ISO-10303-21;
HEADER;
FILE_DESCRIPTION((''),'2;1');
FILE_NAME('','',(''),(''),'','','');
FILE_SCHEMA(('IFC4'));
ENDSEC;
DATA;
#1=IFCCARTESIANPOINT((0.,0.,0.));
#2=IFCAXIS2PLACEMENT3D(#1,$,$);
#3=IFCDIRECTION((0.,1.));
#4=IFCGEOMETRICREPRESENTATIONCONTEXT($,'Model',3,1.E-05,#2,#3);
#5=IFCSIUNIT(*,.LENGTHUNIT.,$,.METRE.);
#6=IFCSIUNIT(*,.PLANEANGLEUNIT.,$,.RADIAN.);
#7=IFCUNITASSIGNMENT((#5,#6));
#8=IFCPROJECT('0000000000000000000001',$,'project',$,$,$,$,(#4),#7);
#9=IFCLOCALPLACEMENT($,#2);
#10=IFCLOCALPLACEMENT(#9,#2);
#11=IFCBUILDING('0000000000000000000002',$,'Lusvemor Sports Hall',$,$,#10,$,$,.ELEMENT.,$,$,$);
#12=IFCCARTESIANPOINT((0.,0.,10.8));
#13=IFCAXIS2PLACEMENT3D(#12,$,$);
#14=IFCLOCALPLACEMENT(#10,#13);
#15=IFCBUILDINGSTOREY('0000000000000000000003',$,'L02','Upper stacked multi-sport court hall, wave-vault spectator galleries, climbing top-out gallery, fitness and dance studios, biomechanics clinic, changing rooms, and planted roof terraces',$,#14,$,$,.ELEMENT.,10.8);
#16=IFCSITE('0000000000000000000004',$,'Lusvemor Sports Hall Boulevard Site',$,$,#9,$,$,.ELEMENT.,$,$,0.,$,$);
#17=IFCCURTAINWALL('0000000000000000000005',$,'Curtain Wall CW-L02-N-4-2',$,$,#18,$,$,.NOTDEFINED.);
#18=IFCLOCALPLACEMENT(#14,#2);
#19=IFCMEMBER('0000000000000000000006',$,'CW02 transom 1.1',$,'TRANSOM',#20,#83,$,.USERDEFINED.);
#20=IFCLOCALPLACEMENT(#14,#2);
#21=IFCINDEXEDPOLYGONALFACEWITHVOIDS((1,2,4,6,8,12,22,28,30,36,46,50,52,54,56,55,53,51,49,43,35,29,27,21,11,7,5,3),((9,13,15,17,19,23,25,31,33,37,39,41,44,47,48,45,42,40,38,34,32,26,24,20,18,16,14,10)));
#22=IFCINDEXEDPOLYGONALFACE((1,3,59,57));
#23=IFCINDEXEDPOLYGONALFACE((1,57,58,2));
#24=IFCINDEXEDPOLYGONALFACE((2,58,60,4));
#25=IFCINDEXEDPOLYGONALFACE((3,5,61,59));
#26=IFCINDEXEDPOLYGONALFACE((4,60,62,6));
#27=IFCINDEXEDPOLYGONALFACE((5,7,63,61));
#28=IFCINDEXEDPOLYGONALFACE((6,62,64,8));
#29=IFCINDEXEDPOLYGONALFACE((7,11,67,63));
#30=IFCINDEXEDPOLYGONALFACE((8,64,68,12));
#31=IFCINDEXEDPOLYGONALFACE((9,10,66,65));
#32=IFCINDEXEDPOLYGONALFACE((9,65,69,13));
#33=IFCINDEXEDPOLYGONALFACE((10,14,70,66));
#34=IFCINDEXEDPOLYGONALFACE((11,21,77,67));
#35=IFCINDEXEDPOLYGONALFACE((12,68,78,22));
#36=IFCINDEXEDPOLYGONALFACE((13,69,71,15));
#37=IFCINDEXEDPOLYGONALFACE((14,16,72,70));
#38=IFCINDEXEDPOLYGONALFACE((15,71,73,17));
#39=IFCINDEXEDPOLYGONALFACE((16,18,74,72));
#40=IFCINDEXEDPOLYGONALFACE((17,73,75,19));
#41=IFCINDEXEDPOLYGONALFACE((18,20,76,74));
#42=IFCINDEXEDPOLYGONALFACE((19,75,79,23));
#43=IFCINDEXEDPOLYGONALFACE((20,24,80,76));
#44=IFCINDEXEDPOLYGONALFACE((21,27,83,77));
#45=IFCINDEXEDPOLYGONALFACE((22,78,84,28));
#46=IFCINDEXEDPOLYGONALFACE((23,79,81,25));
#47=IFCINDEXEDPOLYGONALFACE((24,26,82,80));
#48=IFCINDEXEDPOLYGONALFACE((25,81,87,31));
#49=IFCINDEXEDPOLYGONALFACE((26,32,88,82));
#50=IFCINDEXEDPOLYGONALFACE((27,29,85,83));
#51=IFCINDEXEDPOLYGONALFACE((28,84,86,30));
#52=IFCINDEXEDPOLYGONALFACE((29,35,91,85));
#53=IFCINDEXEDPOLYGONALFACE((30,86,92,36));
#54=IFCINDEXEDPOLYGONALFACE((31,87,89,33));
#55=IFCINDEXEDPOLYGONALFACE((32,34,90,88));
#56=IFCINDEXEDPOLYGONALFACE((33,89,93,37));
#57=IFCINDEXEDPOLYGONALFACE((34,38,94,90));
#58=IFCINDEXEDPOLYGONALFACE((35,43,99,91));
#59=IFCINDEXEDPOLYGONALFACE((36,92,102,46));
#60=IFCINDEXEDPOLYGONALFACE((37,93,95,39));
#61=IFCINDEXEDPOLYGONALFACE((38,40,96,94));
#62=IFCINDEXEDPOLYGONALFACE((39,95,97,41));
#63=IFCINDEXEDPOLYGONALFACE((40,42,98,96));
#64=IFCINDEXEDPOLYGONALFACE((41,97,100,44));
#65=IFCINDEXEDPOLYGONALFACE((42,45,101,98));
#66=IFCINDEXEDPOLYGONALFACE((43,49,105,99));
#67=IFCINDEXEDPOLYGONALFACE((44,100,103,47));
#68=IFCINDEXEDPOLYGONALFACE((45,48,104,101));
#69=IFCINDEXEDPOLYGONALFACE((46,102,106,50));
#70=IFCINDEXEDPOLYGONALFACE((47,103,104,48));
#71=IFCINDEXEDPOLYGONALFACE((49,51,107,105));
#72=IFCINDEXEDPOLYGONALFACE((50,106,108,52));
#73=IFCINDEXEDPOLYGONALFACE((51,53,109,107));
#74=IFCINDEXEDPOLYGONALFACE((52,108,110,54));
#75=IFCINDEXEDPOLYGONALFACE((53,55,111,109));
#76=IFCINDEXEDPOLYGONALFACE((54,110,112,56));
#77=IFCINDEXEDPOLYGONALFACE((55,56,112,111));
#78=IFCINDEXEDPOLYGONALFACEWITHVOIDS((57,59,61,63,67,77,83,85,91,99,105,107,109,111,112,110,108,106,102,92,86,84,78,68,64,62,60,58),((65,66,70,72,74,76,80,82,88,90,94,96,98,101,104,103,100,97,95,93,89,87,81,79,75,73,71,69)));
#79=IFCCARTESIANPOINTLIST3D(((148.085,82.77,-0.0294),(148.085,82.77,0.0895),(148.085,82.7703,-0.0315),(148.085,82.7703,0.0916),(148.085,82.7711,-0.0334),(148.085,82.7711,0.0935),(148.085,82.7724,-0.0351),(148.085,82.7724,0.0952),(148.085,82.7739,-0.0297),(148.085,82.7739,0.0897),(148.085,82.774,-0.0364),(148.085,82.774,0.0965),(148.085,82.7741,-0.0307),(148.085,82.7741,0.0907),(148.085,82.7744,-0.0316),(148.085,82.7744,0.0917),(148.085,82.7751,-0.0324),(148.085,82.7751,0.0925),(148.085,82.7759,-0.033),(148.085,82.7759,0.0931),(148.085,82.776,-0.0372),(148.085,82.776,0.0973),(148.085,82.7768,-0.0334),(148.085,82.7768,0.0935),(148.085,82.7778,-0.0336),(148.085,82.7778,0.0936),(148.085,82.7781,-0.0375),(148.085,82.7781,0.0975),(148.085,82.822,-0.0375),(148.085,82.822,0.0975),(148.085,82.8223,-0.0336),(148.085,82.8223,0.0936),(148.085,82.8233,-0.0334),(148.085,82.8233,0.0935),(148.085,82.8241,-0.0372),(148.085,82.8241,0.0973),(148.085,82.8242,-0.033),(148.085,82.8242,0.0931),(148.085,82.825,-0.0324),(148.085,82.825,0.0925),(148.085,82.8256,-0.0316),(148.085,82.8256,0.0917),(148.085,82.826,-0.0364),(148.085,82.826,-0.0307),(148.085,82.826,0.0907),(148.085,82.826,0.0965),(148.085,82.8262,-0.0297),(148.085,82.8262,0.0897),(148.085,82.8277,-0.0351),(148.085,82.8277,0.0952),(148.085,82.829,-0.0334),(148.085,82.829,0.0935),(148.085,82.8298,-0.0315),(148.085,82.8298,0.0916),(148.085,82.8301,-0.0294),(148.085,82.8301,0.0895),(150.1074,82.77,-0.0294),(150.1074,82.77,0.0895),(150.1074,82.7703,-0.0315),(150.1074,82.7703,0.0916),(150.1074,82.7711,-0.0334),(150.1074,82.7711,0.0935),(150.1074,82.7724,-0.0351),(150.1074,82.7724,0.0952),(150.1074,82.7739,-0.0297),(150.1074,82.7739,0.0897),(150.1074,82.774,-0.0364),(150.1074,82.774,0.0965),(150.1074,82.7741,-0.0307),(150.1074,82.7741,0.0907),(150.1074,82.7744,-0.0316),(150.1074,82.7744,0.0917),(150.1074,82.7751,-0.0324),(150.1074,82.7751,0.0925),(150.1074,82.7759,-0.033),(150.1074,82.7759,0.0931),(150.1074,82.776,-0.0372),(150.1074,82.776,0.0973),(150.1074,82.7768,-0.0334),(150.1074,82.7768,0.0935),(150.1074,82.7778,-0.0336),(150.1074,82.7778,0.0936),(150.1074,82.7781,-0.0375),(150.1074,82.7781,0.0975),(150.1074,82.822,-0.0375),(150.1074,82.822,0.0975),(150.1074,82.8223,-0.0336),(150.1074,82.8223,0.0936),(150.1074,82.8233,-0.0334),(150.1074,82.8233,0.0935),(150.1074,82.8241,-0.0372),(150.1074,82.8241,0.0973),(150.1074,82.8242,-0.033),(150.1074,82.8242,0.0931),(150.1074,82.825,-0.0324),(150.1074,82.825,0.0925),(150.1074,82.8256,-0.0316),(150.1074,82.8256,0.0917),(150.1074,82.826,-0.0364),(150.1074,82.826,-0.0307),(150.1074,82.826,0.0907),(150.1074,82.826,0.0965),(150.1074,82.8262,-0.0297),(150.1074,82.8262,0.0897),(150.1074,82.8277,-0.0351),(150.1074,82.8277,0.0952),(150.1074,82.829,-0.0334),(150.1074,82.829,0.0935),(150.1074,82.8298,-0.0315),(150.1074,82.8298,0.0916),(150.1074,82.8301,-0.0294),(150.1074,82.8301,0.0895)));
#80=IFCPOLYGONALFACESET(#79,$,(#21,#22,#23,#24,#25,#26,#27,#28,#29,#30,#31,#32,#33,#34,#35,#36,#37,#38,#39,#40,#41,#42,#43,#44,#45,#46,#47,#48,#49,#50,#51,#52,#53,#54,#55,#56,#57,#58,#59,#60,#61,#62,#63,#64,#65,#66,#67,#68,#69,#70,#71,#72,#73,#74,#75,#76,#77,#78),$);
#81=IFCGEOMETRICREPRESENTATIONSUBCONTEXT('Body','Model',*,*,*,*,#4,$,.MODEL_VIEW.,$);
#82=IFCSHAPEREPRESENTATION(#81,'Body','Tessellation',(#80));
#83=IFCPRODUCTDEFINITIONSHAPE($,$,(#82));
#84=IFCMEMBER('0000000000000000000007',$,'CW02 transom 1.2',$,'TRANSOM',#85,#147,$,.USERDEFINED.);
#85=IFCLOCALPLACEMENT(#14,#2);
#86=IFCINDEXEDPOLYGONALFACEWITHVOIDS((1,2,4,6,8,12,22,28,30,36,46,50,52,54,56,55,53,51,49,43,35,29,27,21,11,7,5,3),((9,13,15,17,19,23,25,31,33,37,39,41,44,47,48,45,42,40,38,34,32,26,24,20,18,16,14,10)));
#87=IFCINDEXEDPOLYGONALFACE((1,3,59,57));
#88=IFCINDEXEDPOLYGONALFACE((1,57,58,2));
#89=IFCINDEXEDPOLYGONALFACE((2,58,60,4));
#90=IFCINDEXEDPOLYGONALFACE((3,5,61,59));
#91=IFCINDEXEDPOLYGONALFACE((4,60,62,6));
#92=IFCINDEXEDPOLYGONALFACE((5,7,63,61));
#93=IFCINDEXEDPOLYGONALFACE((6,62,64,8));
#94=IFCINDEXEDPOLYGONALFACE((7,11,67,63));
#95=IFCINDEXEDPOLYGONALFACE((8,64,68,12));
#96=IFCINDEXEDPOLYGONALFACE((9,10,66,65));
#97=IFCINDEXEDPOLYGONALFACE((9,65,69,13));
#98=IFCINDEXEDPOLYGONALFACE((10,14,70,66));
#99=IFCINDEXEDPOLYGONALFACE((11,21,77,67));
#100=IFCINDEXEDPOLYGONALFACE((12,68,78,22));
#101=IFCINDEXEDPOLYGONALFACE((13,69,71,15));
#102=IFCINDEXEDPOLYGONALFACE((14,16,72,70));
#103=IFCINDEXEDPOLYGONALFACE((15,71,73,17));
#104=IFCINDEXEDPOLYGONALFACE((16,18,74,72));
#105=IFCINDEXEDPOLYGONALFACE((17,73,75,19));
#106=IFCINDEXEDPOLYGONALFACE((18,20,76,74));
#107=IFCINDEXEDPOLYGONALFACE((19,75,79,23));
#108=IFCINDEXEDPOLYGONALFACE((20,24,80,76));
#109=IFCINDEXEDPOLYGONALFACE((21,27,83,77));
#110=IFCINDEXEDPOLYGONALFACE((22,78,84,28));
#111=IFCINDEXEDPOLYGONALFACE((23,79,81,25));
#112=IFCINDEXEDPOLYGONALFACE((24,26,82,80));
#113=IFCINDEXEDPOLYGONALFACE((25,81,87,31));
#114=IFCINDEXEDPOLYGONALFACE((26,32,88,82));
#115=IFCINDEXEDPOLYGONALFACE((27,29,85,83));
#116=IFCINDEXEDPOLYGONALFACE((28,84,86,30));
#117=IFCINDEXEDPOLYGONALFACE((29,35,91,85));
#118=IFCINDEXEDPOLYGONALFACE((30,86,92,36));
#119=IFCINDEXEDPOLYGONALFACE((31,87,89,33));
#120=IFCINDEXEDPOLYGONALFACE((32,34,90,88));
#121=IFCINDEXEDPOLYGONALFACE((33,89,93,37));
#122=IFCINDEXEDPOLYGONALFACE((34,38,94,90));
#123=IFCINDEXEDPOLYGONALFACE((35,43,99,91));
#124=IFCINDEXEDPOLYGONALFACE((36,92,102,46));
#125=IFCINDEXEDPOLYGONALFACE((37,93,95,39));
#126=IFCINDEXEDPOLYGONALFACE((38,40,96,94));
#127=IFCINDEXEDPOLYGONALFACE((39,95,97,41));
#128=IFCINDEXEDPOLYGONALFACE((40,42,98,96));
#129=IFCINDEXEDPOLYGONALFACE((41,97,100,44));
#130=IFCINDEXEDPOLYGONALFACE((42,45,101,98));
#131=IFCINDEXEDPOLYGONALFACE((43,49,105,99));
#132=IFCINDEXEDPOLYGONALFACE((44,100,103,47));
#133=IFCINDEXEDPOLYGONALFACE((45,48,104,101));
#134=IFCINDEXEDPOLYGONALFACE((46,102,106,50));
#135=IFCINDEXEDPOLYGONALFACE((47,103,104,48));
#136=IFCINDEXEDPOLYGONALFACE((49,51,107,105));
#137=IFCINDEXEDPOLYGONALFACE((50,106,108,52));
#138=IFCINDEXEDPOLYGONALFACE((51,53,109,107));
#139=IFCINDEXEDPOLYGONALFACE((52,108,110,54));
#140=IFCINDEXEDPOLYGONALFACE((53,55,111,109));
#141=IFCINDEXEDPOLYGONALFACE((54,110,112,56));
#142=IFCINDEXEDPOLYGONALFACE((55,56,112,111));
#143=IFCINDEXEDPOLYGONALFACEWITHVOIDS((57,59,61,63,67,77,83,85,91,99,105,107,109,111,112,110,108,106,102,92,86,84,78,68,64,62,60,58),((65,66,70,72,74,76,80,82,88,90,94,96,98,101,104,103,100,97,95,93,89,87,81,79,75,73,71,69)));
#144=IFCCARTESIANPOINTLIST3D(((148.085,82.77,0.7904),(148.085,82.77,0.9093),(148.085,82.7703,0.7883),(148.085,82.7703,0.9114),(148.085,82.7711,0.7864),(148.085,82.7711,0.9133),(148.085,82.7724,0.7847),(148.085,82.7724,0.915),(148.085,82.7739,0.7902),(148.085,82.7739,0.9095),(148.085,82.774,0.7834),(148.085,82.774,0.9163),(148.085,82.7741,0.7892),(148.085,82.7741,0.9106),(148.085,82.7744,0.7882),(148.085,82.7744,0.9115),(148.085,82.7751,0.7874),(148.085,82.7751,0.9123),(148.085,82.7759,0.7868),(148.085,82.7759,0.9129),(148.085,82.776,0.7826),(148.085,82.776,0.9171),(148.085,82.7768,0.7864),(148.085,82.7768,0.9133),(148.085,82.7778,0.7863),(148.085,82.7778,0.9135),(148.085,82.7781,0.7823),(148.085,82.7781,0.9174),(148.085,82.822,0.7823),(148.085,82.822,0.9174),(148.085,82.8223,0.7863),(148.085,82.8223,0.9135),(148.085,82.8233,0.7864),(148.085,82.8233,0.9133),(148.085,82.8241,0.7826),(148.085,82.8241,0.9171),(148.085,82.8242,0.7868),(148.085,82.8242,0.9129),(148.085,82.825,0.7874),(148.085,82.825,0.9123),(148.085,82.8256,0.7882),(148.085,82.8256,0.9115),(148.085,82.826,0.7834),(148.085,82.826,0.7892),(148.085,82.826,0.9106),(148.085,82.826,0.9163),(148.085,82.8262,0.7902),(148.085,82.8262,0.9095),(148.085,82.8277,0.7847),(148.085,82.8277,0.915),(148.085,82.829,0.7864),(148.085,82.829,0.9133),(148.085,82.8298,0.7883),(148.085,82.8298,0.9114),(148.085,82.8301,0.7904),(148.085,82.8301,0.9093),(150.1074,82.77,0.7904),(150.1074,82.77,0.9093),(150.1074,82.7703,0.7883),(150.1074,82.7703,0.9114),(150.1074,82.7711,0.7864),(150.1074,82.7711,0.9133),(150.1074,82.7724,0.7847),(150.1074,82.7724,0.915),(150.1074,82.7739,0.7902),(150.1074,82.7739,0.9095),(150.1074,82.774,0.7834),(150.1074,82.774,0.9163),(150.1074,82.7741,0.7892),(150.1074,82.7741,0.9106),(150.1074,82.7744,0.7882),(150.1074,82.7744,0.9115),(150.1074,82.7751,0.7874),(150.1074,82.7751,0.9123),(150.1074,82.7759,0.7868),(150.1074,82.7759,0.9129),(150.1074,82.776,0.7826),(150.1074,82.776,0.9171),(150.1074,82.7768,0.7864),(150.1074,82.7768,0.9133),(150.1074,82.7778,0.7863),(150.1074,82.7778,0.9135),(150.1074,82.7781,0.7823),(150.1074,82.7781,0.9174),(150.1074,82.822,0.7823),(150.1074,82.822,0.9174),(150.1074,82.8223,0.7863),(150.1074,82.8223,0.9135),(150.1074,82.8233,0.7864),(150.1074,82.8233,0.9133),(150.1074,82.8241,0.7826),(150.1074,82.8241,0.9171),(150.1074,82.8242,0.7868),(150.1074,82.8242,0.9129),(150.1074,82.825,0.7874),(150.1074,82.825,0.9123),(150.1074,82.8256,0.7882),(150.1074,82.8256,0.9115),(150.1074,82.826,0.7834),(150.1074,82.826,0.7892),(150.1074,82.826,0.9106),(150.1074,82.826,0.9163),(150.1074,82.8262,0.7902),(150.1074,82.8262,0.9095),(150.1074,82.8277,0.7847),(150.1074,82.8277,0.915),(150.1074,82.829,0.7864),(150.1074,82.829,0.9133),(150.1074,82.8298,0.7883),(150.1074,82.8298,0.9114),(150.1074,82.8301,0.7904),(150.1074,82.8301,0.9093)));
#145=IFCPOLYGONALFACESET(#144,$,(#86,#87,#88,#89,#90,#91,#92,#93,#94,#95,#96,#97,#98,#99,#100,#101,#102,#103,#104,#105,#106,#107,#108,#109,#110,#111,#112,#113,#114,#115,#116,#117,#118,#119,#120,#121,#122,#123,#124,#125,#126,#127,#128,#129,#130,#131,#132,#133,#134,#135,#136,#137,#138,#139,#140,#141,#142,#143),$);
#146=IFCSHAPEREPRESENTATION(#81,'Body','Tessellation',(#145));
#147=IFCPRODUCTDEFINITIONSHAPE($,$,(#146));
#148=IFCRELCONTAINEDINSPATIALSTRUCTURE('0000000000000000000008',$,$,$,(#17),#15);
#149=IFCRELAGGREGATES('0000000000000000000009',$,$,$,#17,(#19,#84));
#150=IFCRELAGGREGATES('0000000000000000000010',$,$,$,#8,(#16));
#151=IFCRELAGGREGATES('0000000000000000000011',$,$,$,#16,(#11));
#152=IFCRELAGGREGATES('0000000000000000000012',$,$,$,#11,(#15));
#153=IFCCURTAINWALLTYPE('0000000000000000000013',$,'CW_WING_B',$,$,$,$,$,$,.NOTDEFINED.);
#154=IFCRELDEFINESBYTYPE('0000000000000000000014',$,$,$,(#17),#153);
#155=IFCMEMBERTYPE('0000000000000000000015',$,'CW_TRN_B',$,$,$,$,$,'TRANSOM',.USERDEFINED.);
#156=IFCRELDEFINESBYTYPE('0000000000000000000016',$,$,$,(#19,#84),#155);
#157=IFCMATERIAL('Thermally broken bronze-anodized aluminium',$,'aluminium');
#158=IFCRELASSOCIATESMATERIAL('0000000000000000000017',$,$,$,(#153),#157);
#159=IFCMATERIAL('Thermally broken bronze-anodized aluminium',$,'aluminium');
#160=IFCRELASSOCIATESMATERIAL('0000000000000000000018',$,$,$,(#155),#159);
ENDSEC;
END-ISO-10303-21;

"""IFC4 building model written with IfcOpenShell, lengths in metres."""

from ifc_helpers import new_model, si_unit, direction, frame, origin, origin_2d, place, context, subcontext, project, spatial, hollow_rectangle, extrude, material, material_profile, profile_set, type_object, element, aggregate, save


model = new_model("IFC4")

# Units and contexts
model_context = context("Model", 3, precision=1e-05, world=origin(), true_north=direction((0.0, 1.0)))
body_context = subcontext(model_context, "Body", "Model", "MODEL_VIEW")
ifc_project = project(units=[si_unit("LENGTHUNIT", "METRE"), si_unit("PLANEANGLEUNIT", "RADIAN")], contexts=[model_context])

# Site, building, storey
site_placement = place(None, origin())
site = spatial("IfcSite", under=ifc_project, at=site_placement, Name="Lusvemor Sports Hall Boulevard Site", CompositionType="ELEMENT", RefElevation=0.0)
building_placement = place(site_placement, origin())
building = spatial("IfcBuilding", under=site, at=building_placement, Name="Lusvemor Sports Hall", CompositionType="ELEMENT")
storey_placement = place(building_placement, frame((0.0, 0.0, 10.8)))
storey = spatial("IfcBuildingStorey", under=building, at=storey_placement, Name="L02", Description="Upper stacked multi-sport court hall, wave-vault spectator galleries, climbing top-out gallery, fitness and dance studios, biomechanics clinic, changing rooms, and planted roof terraces", CompositionType="ELEMENT", Elevation=10.8)

# Curtain wall, members
ifc_material_1 = material(Name="Thermally broken bronze-anodized aluminium", Category="aluminium")
curtain_wall_type = type_object("IfcCurtainWallType", Name="CW_WING_B", PredefinedType="NOTDEFINED", material=ifc_material_1)
curtain_wall_placement = place(storey_placement, origin())
curtain_wall = element("IfcCurtainWall", 1, at=curtain_wall_placement, inside=storey, type_object=curtain_wall_type, Name="Curtain Wall CW-L02-N-4-2", PredefinedType="NOTDEFINED")
ifc_material_2 = material(Name="Thermally broken bronze-anodized aluminium", Category="aluminium")
ifc_material_profile_1 = material_profile(ifc_material_2, hollow_rectangle(XDim=0.0601, YDim=0.135, WallThickness=0.0039, InnerFilletRadius=0.0039, OuterFilletRadius=0.0081, at=origin_2d()), Name="CWTRN135x60x4")
ifc_profile_set_1 = profile_set([ifc_material_profile_1], Name="Thermally broken bronze-anodized aluminium")
member_type_1 = type_object("IfcMemberType", Name="CW_TRN_B", ElementType="TRANSOM", PredefinedType="USERDEFINED", material=ifc_profile_set_1)
member_1_placement = place(storey_placement, frame((148.085, 82.8, 0.03), z_axis=(1.0, 0.0, 0.0), x_axis=(0.0, 1.0, 0.0)))
member_1 = element("IfcMember", 2, at=member_1_placement, type_object=member_type_1, Name="CW02 transom 1.1", ObjectType="TRANSOM", PredefinedType="USERDEFINED", context=body_context, shape_type="SweptSolid", body=[
    extrude(hollow_rectangle(XDim=0.0601, YDim=0.135, WallThickness=0.0039, InnerFilletRadius=0.0039, OuterFilletRadius=0.0081, at=origin_2d()), origin(), (0.0, 0.0, 1.0), 2.0225),
])
member_2_placement = place(storey_placement, frame((148.085, 82.8, 0.8499), z_axis=(1.0, 0.0, 0.0), x_axis=(0.0, 1.0, 0.0)))
member_2 = element("IfcMember", 3, at=member_2_placement, type_object=member_type_1, Name="CW02 transom 1.2", ObjectType="TRANSOM", PredefinedType="USERDEFINED", context=body_context, shape_type="SweptSolid", body=[
    extrude(hollow_rectangle(XDim=0.0601, YDim=0.135, WallThickness=0.0039, InnerFilletRadius=0.0039, OuterFilletRadius=0.0081, at=origin_2d()), origin(), (0.0, 0.0, 1.0), 2.0225),
])

aggregate(curtain_wall, [member_1, member_2])

save(model, "model.ifc")
